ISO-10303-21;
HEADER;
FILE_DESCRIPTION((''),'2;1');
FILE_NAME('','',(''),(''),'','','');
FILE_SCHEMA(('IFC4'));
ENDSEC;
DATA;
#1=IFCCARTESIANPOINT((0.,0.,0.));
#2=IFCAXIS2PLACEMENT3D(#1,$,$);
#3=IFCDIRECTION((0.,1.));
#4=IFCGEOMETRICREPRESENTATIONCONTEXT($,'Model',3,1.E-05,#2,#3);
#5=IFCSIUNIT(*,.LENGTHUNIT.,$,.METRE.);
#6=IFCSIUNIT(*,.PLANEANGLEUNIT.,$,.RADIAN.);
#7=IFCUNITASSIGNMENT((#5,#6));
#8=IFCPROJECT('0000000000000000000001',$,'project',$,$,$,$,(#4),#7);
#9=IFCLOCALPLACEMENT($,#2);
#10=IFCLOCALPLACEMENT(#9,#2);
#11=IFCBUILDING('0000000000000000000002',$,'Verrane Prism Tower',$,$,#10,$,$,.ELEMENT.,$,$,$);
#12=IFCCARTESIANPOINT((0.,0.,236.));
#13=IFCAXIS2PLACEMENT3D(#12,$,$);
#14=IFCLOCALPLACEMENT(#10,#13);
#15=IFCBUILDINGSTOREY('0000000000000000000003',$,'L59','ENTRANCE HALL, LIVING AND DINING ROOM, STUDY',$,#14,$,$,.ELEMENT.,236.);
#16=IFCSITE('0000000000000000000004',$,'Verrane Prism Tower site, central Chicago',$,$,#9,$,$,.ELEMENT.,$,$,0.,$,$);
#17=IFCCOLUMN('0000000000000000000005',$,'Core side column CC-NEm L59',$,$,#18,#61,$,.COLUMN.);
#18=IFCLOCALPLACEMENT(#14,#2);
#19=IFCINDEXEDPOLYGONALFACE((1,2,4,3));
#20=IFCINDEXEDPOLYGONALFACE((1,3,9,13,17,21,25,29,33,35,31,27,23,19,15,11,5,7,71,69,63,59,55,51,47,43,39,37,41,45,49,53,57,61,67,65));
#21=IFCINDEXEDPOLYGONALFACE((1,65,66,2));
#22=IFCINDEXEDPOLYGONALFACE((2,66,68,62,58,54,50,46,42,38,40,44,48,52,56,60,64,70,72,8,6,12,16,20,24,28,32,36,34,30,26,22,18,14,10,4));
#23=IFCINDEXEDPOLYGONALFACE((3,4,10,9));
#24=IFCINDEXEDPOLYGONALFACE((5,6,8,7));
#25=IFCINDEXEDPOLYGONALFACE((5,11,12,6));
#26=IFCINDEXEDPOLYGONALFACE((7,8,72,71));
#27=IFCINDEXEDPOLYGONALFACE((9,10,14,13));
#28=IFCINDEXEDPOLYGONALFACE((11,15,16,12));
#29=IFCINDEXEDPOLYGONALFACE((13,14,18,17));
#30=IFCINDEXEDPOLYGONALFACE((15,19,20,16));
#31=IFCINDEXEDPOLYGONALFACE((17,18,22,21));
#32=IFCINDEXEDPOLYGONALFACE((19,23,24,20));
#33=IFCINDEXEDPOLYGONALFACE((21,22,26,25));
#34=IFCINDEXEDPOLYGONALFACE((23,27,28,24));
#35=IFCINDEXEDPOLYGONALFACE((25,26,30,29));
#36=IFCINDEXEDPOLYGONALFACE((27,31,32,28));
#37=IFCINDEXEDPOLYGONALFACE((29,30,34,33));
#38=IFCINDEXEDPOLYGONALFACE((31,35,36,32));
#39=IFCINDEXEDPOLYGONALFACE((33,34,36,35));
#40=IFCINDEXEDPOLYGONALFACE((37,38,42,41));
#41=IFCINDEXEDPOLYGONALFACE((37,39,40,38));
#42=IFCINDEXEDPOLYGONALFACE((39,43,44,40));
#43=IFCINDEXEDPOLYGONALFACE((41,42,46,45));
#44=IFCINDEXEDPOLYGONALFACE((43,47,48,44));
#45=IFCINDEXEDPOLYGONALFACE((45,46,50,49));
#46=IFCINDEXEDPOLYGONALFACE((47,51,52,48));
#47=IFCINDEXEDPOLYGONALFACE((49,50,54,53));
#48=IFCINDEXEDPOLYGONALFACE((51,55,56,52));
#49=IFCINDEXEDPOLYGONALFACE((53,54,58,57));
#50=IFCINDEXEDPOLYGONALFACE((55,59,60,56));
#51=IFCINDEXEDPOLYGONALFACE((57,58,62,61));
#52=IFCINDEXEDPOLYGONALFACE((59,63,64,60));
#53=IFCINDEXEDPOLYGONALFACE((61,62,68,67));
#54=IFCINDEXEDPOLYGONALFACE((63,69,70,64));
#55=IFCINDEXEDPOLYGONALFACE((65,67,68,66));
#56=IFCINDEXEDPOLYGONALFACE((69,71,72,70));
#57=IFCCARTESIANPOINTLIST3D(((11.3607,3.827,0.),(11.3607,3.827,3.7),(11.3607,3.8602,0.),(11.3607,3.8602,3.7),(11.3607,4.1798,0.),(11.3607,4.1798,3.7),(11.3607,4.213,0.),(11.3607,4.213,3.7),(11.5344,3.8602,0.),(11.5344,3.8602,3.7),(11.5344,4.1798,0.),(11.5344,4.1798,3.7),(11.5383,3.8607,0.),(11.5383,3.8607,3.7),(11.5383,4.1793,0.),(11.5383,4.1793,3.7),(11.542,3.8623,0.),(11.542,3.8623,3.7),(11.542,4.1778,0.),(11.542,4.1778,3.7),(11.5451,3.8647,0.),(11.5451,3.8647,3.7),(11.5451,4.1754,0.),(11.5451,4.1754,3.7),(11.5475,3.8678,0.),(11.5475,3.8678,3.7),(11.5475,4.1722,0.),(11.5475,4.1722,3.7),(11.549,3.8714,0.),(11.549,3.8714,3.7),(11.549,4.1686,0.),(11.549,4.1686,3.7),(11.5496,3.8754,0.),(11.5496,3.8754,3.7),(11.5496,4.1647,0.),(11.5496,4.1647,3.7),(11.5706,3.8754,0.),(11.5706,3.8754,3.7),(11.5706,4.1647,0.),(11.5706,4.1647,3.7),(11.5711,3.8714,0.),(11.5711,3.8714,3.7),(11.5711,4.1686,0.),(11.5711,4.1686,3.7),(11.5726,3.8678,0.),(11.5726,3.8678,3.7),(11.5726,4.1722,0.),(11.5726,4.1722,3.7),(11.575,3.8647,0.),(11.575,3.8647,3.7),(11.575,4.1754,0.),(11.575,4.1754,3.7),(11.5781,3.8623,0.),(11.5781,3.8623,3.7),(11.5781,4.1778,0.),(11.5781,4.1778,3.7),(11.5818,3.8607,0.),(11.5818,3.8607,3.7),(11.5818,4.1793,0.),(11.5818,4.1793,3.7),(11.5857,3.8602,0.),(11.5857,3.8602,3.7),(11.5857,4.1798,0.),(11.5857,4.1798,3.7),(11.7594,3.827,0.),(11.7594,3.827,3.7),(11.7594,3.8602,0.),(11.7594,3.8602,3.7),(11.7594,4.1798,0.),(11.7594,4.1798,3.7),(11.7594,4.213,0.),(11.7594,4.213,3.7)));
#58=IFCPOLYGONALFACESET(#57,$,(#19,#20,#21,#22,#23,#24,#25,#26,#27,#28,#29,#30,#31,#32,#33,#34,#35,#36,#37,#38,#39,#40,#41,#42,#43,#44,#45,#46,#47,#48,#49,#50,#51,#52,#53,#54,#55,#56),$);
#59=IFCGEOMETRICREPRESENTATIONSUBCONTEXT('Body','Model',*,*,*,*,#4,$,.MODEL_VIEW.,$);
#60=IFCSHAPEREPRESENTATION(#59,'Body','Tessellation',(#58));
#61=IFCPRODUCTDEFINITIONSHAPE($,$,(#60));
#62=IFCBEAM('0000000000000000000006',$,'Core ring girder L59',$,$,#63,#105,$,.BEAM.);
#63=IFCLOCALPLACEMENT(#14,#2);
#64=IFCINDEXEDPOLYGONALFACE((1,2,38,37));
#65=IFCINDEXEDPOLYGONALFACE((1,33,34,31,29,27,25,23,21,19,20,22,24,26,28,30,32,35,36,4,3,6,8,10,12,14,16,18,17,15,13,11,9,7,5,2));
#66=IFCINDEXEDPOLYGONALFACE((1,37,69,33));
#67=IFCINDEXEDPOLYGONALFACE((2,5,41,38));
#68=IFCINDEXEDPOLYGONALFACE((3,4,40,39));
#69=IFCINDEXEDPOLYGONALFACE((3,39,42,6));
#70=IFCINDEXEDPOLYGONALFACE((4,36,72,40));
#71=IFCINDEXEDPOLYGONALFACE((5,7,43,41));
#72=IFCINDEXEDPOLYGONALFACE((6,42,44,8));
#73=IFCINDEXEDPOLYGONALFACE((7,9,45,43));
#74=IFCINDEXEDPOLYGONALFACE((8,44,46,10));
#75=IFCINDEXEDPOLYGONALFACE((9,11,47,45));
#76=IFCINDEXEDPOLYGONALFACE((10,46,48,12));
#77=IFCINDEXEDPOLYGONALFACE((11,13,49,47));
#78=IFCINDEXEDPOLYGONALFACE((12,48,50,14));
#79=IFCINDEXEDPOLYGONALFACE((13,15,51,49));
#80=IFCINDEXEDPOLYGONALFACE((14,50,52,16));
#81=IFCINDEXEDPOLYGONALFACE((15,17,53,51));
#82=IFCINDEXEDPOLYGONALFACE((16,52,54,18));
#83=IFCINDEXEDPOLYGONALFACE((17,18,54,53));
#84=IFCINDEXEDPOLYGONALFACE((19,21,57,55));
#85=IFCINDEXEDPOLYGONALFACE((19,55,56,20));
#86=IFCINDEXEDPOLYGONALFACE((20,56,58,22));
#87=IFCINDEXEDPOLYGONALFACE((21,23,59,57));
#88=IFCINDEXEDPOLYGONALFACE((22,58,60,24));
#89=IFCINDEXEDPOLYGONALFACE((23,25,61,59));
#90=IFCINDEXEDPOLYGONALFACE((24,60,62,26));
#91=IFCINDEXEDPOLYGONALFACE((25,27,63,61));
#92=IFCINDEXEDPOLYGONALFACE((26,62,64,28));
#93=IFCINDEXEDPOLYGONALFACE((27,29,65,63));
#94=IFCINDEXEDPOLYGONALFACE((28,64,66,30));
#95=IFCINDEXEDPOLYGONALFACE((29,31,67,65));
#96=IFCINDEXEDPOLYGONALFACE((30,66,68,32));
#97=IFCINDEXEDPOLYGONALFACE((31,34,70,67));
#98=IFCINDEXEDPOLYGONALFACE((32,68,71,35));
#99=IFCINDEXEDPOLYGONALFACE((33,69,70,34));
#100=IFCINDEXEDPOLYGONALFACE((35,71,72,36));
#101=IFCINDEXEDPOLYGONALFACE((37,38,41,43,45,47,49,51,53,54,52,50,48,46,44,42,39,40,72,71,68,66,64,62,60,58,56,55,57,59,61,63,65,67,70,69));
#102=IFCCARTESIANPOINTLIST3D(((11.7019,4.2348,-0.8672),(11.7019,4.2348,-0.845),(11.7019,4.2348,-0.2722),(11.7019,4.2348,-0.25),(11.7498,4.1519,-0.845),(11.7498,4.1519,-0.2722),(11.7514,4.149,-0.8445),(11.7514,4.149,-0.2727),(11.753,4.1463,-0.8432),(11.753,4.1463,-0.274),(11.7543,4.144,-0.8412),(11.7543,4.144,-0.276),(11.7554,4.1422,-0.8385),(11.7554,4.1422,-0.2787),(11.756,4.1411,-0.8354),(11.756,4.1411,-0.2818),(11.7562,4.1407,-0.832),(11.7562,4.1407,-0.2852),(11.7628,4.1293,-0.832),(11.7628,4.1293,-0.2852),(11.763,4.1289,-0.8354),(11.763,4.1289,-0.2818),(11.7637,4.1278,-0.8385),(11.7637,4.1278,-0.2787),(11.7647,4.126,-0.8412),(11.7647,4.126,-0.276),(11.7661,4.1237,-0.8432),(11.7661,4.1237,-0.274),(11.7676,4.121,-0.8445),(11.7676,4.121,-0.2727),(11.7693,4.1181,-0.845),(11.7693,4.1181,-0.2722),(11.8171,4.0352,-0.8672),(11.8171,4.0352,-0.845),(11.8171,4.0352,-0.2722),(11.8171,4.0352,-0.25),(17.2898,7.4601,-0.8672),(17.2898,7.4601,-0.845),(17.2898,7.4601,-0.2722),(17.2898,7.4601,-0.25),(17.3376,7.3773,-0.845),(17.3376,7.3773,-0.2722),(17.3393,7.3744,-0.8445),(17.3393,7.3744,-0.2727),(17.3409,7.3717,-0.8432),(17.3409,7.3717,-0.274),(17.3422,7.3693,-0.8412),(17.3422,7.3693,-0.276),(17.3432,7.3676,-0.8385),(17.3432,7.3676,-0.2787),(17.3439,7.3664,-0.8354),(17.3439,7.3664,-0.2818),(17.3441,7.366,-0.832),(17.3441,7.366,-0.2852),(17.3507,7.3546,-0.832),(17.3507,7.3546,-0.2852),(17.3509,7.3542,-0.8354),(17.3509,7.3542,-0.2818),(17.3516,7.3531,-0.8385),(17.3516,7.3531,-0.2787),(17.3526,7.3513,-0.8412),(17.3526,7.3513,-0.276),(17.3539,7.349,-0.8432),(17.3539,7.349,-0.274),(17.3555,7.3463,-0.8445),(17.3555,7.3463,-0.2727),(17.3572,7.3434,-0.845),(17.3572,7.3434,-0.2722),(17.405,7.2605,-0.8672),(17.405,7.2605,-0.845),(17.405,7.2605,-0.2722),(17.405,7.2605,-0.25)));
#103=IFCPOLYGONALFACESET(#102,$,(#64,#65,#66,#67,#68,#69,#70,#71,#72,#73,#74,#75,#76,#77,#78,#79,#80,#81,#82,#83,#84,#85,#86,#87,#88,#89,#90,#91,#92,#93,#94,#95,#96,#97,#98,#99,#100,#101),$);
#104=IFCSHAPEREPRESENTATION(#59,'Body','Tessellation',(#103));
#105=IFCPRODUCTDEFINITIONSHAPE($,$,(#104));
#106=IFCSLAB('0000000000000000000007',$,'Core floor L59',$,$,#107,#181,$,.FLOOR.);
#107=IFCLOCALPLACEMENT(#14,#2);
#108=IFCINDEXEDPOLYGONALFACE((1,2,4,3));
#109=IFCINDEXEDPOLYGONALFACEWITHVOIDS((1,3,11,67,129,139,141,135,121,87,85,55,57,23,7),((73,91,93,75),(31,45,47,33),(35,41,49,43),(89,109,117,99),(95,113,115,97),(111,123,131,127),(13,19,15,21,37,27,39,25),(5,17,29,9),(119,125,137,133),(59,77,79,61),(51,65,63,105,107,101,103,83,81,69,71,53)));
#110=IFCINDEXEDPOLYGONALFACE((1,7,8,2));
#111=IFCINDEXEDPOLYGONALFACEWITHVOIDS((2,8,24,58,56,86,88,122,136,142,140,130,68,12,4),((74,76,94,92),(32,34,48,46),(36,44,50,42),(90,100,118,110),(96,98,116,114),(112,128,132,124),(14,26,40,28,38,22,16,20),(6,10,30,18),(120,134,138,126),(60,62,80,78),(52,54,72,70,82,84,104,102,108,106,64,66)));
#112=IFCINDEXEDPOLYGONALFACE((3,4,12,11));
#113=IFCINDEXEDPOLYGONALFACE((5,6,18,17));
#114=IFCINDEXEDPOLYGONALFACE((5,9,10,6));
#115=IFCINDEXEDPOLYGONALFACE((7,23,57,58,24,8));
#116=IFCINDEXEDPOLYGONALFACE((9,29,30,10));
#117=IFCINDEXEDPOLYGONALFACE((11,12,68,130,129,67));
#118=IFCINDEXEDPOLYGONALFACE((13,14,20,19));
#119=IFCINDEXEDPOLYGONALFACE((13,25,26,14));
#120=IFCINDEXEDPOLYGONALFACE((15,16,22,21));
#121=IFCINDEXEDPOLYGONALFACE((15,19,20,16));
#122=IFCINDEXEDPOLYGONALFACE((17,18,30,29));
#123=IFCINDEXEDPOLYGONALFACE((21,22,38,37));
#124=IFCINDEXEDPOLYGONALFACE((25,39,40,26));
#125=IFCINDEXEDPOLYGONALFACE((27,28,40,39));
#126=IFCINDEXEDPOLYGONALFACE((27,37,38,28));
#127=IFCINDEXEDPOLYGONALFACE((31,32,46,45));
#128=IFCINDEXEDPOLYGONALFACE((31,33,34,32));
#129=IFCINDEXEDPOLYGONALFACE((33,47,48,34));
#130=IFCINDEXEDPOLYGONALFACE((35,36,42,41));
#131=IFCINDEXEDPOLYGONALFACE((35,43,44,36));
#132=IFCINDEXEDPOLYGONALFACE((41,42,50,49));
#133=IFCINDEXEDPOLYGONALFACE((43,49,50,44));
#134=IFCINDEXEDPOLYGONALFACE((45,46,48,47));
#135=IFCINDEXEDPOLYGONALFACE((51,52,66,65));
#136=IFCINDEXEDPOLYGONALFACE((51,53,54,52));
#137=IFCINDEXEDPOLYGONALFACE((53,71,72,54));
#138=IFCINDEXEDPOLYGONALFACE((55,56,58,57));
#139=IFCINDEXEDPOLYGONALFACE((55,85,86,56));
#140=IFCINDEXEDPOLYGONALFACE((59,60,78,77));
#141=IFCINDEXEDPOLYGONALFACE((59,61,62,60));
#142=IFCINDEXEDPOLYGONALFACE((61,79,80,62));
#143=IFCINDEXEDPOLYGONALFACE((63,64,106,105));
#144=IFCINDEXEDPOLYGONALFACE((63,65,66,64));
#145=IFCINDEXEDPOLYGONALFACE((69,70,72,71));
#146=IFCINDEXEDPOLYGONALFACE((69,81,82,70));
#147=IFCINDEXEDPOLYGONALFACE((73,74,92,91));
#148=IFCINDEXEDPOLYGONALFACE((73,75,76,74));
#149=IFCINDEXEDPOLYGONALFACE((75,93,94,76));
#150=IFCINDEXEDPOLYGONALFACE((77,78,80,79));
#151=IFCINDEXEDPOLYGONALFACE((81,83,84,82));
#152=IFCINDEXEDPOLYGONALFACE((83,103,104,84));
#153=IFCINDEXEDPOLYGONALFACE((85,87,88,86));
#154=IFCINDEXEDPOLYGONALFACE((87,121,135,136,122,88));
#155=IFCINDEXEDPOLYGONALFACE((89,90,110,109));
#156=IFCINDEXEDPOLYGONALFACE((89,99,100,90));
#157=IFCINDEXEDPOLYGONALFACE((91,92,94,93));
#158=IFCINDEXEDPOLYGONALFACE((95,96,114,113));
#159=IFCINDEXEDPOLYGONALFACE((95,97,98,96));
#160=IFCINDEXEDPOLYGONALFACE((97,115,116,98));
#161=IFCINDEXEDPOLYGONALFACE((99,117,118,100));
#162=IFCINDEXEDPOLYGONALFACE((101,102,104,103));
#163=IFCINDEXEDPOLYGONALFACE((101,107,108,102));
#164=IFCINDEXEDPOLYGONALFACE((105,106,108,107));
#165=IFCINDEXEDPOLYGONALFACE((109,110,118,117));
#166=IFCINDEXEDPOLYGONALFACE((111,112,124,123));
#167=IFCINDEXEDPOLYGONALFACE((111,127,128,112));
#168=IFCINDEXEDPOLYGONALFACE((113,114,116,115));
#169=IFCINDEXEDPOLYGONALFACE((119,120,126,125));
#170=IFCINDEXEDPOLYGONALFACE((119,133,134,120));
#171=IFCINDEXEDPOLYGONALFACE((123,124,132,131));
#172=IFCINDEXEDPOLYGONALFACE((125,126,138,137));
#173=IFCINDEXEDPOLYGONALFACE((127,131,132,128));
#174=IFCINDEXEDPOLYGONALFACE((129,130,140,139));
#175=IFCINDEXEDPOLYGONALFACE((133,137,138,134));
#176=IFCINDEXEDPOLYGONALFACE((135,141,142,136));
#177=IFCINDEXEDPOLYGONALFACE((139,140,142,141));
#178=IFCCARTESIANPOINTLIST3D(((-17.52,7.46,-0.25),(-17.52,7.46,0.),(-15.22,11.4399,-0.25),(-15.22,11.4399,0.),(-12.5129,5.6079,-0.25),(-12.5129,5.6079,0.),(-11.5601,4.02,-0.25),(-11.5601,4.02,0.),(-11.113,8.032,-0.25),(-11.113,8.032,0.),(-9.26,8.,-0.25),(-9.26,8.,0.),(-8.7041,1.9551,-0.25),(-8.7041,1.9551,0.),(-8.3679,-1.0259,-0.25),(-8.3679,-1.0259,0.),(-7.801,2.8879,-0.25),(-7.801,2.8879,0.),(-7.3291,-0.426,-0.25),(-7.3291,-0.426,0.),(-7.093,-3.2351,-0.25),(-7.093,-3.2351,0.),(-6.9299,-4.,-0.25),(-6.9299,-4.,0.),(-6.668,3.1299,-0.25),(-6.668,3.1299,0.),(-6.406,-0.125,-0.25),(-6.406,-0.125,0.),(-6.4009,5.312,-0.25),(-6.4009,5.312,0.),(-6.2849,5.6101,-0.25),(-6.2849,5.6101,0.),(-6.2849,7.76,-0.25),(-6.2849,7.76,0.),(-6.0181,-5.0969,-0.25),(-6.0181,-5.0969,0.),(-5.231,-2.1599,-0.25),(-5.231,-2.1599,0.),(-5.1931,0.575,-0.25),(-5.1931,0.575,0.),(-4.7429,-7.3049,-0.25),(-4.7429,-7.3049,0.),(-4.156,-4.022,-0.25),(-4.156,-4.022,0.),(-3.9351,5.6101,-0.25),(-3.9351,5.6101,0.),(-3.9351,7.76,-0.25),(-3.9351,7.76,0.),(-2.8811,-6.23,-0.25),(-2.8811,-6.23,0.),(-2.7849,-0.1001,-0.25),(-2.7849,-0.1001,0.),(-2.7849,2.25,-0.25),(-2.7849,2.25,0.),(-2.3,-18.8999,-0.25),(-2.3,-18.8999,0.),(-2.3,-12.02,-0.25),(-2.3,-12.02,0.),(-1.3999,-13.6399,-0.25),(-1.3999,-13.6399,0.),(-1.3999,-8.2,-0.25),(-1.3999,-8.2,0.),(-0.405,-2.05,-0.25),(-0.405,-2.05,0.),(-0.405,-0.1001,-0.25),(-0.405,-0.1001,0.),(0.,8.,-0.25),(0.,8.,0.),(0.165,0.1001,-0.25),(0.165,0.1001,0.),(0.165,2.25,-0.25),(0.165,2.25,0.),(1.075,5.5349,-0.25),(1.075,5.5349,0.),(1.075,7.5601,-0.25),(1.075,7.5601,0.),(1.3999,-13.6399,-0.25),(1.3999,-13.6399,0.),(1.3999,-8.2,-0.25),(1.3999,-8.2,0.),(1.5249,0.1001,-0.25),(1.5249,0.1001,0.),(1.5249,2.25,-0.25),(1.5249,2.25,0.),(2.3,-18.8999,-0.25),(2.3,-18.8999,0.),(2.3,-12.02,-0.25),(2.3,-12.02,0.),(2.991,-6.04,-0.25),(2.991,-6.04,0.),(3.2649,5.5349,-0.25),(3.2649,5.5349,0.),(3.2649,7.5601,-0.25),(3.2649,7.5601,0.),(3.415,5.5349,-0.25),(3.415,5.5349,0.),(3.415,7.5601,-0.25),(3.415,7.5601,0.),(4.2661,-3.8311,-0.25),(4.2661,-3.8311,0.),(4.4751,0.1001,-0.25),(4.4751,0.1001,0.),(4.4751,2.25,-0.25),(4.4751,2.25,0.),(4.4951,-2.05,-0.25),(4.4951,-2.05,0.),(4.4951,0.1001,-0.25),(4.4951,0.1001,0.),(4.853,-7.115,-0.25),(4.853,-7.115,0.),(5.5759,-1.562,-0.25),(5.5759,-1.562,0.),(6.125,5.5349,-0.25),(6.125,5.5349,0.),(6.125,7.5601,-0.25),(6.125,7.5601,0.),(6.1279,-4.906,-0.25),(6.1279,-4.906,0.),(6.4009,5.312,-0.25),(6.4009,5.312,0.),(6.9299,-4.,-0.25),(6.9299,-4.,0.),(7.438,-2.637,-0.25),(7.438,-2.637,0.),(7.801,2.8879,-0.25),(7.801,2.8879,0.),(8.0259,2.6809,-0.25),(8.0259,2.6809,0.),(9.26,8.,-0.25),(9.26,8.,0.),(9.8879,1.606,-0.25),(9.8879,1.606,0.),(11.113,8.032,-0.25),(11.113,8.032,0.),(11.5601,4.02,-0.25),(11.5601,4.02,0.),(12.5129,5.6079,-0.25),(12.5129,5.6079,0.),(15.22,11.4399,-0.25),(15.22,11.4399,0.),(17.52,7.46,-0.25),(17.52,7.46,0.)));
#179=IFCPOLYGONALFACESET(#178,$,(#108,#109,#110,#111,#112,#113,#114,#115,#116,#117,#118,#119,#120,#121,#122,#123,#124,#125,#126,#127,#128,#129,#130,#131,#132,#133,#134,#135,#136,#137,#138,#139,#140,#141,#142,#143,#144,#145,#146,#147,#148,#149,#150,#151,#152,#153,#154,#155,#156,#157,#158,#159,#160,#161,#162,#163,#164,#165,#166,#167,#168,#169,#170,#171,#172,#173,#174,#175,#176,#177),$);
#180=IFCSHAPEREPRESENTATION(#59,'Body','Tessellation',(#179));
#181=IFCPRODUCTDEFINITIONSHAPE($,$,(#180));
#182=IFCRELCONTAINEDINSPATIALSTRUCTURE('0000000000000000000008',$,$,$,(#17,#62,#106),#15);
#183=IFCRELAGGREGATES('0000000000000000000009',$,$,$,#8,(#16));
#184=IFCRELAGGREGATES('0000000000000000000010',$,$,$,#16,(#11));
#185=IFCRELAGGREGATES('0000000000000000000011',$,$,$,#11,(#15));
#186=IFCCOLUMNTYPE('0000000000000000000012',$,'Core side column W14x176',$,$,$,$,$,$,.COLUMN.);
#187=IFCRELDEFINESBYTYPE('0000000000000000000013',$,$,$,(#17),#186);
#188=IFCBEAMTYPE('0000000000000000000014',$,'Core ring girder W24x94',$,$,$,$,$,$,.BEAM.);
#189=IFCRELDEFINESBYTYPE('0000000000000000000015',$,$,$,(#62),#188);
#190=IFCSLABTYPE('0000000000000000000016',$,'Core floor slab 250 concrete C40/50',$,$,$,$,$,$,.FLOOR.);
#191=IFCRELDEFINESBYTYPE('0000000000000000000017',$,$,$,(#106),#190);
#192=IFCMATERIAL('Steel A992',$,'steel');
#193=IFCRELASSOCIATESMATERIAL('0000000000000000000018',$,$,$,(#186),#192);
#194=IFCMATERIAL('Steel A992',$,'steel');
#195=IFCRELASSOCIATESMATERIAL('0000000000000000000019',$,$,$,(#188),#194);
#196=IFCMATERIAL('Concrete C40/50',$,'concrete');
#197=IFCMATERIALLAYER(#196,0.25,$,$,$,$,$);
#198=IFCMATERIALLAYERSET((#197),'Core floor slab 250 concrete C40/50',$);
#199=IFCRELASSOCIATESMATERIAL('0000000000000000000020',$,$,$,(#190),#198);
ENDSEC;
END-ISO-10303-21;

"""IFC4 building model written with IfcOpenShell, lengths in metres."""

from ifc_helpers import new_model, si_unit, direction, frame, origin, origin_2d, place, context, subcontext, project, spatial, polyline, i_section, outline, extrude, material, layer, layer_set, material_profile, profile_set, type_object, element, save


model = new_model("IFC4")

# Units and contexts
model_context = context("Model", 3, precision=1e-05, world=origin(), true_north=direction((0.0, 1.0)))
body_context = subcontext(model_context, "Body", "Model", "MODEL_VIEW")
ifc_project = project(units=[si_unit("LENGTHUNIT", "METRE"), si_unit("PLANEANGLEUNIT", "RADIAN")], contexts=[model_context])

# Site, building, storey
site_placement = place(None, origin())
site = spatial("IfcSite", under=ifc_project, at=site_placement, Name="Verrane Prism Tower site, central Chicago", CompositionType="ELEMENT", RefElevation=0.0)
building_placement = place(site_placement, origin())
building = spatial("IfcBuilding", under=site, at=building_placement, Name="Verrane Prism Tower", CompositionType="ELEMENT")
storey_placement = place(building_placement, frame((0.0, 0.0, 236.0)))
storey = spatial("IfcBuildingStorey", under=building, at=storey_placement, Name="L59", Description="ENTRANCE HALL, LIVING AND DINING ROOM, STUDY", CompositionType="ELEMENT", Elevation=236.0)

# Column
ifc_material_1 = material(Name="Steel A992", Category="steel")
ifc_material_profile_1 = material_profile(ifc_material_1, i_section(OverallWidth=0.3987, OverallDepth=0.386, WebThickness=0.021, FlangeThickness=0.0332, FilletRadius=0.0151, at=origin_2d()), Name="W14x176")
ifc_profile_set_1 = profile_set([ifc_material_profile_1], Name="Steel A992")
column_type = type_object("IfcColumnType", Name="Core side column W14x176", PredefinedType="COLUMN", material=ifc_profile_set_1)
column_placement = place(storey_placement, frame((11.5601, 4.02, 0.0), z_axis=(0.0, 0.0, 1.0), x_axis=(1.0, 0.0, 0.0)))
element("IfcColumn", 1, at=column_placement, inside=storey, type_object=column_type, Name="Core side column CC-NEm L59", PredefinedType="COLUMN", context=body_context, shape_type="SweptSolid", body=[
    extrude(i_section(OverallWidth=0.3987, OverallDepth=0.386, WebThickness=0.021, FlangeThickness=0.0332, FilletRadius=0.0151, at=origin_2d()), origin(), (0.0, 0.0, 1.0), 3.7),
])

# Beam
ifc_material_2 = material(Name="Steel A992", Category="steel")
ifc_material_profile_2 = material_profile(ifc_material_2, i_section(OverallWidth=0.2305, OverallDepth=0.6172, WebThickness=0.0132, FlangeThickness=0.0222, FilletRadius=0.0129, at=origin_2d()), Name="W24x94")
ifc_profile_set_2 = profile_set([ifc_material_profile_2], Name="Steel A992")
beam_type = type_object("IfcBeamType", Name="Core ring girder W24x94", PredefinedType="BEAM", material=ifc_profile_set_2)
beam_placement = place(storey_placement, frame((11.7595, 4.135, -0.5586), z_axis=(0.866081, 0.499904, 0.0), x_axis=(-0.499904, 0.866081, 0.0)))
element("IfcBeam", 2, at=beam_placement, inside=storey, type_object=beam_type, Name="Core ring girder L59", PredefinedType="BEAM", context=body_context, shape_type="SweptSolid", body=[
    extrude(i_section(OverallWidth=0.2305, OverallDepth=0.6172, WebThickness=0.0132, FlangeThickness=0.0222, FilletRadius=0.0129, at=origin_2d()), origin(), (0.0, 0.0, 1.0), 6.4519),
])

# Slab
ifc_material_3 = material(Name="Concrete C40/50", Category="concrete")
ifc_layer_1 = layer(ifc_material_3, 0.25)
ifc_layer_set_1 = layer_set([ifc_layer_1], Name="Core floor slab 250 concrete C40/50")
slab_type_1 = type_object("IfcSlabType", Name="Core floor slab 250 concrete C40/50", PredefinedType="FLOOR", material=ifc_layer_set_1)
slab_1_placement = place(storey_placement, frame((0.0, 0.0, -0.25)))
element("IfcSlab", 3, at=slab_1_placement, inside=storey, type_object=slab_type_1, Name="Core floor L59", PredefinedType="FLOOR", context=body_context, shape_type="SweptSolid", body=[
    extrude(outline(polyline([(11.5601, 4.02), (17.52, 7.46), (15.22, 11.4399), (9.26, 8.0), (0.0, 8.0), (-9.26, 8.0), (-15.22, 11.4399), (-17.52, 7.46), (-11.5601, 4.02), (-6.9299, -4.0), (-2.3, -12.02), (-2.3, -18.8999), (2.3, -18.8999), (2.3, -12.02), (6.9299, -4.0), (11.5601, 4.02)]), holes=[polyline([(1.3999, -8.2), (1.3999, -13.6399), (-1.3999, -13.6399), (-1.3999, -8.2), (1.3999, -8.2)]), polyline([(-2.8811, -6.23), (-4.7429, -7.3049), (-6.0181, -5.0969), (-4.156, -4.022), (-2.8811, -6.23)]), polyline([(-7.801, 2.8879), (-12.5129, 5.6079), (-11.113, 8.032), (-6.4009, 5.312), (-7.801, 2.8879)]), polyline([(-6.2849, 5.6101), (-6.2849, 7.76), (-3.9351, 7.76), (-3.9351, 5.6101), (-6.2849, 5.6101)]), polyline([(4.2661, -3.8311), (6.1279, -4.906), (4.853, -7.115), (2.991, -6.04), (4.2661, -3.8311)]), polyline([(7.438, -2.637), (5.5759, -1.562), (8.0259, 2.6809), (9.8879, 1.606), (7.438, -2.637)]), polyline([(0.165, 0.1001), (1.5249, 0.1001), (1.5249, 2.25), (4.4751, 2.25), (4.4751, 0.1001), (4.4951, 0.1001), (4.4951, -2.05), (-0.405, -2.05), (-0.405, -0.1001), (-2.7849, -0.1001), (-2.7849, 2.25), (0.165, 2.25), (0.165, 0.1001)]), polyline([(6.4009, 5.312), (11.113, 8.032), (12.5129, 5.6079), (7.801, 2.8879), (6.4009, 5.312)]), polyline([(1.075, 5.5349), (1.075, 7.5601), (3.2649, 7.5601), (3.2649, 5.5349), (1.075, 5.5349)]), polyline([(3.415, 7.5601), (6.125, 7.5601), (6.125, 5.5349), (3.415, 5.5349), (3.415, 7.5601)]), polyline([(-5.231, -2.1599), (-7.093, -3.2351), (-8.3679, -1.0259), (-7.3291, -0.426), (-8.7041, 1.9551), (-6.668, 3.1299), (-5.1931, 0.575), (-6.406, -0.125), (-5.231, -2.1599)])]), origin(), (0.0, 0.0, 1.0), 0.25),
])

save(model, "model.ifc")
